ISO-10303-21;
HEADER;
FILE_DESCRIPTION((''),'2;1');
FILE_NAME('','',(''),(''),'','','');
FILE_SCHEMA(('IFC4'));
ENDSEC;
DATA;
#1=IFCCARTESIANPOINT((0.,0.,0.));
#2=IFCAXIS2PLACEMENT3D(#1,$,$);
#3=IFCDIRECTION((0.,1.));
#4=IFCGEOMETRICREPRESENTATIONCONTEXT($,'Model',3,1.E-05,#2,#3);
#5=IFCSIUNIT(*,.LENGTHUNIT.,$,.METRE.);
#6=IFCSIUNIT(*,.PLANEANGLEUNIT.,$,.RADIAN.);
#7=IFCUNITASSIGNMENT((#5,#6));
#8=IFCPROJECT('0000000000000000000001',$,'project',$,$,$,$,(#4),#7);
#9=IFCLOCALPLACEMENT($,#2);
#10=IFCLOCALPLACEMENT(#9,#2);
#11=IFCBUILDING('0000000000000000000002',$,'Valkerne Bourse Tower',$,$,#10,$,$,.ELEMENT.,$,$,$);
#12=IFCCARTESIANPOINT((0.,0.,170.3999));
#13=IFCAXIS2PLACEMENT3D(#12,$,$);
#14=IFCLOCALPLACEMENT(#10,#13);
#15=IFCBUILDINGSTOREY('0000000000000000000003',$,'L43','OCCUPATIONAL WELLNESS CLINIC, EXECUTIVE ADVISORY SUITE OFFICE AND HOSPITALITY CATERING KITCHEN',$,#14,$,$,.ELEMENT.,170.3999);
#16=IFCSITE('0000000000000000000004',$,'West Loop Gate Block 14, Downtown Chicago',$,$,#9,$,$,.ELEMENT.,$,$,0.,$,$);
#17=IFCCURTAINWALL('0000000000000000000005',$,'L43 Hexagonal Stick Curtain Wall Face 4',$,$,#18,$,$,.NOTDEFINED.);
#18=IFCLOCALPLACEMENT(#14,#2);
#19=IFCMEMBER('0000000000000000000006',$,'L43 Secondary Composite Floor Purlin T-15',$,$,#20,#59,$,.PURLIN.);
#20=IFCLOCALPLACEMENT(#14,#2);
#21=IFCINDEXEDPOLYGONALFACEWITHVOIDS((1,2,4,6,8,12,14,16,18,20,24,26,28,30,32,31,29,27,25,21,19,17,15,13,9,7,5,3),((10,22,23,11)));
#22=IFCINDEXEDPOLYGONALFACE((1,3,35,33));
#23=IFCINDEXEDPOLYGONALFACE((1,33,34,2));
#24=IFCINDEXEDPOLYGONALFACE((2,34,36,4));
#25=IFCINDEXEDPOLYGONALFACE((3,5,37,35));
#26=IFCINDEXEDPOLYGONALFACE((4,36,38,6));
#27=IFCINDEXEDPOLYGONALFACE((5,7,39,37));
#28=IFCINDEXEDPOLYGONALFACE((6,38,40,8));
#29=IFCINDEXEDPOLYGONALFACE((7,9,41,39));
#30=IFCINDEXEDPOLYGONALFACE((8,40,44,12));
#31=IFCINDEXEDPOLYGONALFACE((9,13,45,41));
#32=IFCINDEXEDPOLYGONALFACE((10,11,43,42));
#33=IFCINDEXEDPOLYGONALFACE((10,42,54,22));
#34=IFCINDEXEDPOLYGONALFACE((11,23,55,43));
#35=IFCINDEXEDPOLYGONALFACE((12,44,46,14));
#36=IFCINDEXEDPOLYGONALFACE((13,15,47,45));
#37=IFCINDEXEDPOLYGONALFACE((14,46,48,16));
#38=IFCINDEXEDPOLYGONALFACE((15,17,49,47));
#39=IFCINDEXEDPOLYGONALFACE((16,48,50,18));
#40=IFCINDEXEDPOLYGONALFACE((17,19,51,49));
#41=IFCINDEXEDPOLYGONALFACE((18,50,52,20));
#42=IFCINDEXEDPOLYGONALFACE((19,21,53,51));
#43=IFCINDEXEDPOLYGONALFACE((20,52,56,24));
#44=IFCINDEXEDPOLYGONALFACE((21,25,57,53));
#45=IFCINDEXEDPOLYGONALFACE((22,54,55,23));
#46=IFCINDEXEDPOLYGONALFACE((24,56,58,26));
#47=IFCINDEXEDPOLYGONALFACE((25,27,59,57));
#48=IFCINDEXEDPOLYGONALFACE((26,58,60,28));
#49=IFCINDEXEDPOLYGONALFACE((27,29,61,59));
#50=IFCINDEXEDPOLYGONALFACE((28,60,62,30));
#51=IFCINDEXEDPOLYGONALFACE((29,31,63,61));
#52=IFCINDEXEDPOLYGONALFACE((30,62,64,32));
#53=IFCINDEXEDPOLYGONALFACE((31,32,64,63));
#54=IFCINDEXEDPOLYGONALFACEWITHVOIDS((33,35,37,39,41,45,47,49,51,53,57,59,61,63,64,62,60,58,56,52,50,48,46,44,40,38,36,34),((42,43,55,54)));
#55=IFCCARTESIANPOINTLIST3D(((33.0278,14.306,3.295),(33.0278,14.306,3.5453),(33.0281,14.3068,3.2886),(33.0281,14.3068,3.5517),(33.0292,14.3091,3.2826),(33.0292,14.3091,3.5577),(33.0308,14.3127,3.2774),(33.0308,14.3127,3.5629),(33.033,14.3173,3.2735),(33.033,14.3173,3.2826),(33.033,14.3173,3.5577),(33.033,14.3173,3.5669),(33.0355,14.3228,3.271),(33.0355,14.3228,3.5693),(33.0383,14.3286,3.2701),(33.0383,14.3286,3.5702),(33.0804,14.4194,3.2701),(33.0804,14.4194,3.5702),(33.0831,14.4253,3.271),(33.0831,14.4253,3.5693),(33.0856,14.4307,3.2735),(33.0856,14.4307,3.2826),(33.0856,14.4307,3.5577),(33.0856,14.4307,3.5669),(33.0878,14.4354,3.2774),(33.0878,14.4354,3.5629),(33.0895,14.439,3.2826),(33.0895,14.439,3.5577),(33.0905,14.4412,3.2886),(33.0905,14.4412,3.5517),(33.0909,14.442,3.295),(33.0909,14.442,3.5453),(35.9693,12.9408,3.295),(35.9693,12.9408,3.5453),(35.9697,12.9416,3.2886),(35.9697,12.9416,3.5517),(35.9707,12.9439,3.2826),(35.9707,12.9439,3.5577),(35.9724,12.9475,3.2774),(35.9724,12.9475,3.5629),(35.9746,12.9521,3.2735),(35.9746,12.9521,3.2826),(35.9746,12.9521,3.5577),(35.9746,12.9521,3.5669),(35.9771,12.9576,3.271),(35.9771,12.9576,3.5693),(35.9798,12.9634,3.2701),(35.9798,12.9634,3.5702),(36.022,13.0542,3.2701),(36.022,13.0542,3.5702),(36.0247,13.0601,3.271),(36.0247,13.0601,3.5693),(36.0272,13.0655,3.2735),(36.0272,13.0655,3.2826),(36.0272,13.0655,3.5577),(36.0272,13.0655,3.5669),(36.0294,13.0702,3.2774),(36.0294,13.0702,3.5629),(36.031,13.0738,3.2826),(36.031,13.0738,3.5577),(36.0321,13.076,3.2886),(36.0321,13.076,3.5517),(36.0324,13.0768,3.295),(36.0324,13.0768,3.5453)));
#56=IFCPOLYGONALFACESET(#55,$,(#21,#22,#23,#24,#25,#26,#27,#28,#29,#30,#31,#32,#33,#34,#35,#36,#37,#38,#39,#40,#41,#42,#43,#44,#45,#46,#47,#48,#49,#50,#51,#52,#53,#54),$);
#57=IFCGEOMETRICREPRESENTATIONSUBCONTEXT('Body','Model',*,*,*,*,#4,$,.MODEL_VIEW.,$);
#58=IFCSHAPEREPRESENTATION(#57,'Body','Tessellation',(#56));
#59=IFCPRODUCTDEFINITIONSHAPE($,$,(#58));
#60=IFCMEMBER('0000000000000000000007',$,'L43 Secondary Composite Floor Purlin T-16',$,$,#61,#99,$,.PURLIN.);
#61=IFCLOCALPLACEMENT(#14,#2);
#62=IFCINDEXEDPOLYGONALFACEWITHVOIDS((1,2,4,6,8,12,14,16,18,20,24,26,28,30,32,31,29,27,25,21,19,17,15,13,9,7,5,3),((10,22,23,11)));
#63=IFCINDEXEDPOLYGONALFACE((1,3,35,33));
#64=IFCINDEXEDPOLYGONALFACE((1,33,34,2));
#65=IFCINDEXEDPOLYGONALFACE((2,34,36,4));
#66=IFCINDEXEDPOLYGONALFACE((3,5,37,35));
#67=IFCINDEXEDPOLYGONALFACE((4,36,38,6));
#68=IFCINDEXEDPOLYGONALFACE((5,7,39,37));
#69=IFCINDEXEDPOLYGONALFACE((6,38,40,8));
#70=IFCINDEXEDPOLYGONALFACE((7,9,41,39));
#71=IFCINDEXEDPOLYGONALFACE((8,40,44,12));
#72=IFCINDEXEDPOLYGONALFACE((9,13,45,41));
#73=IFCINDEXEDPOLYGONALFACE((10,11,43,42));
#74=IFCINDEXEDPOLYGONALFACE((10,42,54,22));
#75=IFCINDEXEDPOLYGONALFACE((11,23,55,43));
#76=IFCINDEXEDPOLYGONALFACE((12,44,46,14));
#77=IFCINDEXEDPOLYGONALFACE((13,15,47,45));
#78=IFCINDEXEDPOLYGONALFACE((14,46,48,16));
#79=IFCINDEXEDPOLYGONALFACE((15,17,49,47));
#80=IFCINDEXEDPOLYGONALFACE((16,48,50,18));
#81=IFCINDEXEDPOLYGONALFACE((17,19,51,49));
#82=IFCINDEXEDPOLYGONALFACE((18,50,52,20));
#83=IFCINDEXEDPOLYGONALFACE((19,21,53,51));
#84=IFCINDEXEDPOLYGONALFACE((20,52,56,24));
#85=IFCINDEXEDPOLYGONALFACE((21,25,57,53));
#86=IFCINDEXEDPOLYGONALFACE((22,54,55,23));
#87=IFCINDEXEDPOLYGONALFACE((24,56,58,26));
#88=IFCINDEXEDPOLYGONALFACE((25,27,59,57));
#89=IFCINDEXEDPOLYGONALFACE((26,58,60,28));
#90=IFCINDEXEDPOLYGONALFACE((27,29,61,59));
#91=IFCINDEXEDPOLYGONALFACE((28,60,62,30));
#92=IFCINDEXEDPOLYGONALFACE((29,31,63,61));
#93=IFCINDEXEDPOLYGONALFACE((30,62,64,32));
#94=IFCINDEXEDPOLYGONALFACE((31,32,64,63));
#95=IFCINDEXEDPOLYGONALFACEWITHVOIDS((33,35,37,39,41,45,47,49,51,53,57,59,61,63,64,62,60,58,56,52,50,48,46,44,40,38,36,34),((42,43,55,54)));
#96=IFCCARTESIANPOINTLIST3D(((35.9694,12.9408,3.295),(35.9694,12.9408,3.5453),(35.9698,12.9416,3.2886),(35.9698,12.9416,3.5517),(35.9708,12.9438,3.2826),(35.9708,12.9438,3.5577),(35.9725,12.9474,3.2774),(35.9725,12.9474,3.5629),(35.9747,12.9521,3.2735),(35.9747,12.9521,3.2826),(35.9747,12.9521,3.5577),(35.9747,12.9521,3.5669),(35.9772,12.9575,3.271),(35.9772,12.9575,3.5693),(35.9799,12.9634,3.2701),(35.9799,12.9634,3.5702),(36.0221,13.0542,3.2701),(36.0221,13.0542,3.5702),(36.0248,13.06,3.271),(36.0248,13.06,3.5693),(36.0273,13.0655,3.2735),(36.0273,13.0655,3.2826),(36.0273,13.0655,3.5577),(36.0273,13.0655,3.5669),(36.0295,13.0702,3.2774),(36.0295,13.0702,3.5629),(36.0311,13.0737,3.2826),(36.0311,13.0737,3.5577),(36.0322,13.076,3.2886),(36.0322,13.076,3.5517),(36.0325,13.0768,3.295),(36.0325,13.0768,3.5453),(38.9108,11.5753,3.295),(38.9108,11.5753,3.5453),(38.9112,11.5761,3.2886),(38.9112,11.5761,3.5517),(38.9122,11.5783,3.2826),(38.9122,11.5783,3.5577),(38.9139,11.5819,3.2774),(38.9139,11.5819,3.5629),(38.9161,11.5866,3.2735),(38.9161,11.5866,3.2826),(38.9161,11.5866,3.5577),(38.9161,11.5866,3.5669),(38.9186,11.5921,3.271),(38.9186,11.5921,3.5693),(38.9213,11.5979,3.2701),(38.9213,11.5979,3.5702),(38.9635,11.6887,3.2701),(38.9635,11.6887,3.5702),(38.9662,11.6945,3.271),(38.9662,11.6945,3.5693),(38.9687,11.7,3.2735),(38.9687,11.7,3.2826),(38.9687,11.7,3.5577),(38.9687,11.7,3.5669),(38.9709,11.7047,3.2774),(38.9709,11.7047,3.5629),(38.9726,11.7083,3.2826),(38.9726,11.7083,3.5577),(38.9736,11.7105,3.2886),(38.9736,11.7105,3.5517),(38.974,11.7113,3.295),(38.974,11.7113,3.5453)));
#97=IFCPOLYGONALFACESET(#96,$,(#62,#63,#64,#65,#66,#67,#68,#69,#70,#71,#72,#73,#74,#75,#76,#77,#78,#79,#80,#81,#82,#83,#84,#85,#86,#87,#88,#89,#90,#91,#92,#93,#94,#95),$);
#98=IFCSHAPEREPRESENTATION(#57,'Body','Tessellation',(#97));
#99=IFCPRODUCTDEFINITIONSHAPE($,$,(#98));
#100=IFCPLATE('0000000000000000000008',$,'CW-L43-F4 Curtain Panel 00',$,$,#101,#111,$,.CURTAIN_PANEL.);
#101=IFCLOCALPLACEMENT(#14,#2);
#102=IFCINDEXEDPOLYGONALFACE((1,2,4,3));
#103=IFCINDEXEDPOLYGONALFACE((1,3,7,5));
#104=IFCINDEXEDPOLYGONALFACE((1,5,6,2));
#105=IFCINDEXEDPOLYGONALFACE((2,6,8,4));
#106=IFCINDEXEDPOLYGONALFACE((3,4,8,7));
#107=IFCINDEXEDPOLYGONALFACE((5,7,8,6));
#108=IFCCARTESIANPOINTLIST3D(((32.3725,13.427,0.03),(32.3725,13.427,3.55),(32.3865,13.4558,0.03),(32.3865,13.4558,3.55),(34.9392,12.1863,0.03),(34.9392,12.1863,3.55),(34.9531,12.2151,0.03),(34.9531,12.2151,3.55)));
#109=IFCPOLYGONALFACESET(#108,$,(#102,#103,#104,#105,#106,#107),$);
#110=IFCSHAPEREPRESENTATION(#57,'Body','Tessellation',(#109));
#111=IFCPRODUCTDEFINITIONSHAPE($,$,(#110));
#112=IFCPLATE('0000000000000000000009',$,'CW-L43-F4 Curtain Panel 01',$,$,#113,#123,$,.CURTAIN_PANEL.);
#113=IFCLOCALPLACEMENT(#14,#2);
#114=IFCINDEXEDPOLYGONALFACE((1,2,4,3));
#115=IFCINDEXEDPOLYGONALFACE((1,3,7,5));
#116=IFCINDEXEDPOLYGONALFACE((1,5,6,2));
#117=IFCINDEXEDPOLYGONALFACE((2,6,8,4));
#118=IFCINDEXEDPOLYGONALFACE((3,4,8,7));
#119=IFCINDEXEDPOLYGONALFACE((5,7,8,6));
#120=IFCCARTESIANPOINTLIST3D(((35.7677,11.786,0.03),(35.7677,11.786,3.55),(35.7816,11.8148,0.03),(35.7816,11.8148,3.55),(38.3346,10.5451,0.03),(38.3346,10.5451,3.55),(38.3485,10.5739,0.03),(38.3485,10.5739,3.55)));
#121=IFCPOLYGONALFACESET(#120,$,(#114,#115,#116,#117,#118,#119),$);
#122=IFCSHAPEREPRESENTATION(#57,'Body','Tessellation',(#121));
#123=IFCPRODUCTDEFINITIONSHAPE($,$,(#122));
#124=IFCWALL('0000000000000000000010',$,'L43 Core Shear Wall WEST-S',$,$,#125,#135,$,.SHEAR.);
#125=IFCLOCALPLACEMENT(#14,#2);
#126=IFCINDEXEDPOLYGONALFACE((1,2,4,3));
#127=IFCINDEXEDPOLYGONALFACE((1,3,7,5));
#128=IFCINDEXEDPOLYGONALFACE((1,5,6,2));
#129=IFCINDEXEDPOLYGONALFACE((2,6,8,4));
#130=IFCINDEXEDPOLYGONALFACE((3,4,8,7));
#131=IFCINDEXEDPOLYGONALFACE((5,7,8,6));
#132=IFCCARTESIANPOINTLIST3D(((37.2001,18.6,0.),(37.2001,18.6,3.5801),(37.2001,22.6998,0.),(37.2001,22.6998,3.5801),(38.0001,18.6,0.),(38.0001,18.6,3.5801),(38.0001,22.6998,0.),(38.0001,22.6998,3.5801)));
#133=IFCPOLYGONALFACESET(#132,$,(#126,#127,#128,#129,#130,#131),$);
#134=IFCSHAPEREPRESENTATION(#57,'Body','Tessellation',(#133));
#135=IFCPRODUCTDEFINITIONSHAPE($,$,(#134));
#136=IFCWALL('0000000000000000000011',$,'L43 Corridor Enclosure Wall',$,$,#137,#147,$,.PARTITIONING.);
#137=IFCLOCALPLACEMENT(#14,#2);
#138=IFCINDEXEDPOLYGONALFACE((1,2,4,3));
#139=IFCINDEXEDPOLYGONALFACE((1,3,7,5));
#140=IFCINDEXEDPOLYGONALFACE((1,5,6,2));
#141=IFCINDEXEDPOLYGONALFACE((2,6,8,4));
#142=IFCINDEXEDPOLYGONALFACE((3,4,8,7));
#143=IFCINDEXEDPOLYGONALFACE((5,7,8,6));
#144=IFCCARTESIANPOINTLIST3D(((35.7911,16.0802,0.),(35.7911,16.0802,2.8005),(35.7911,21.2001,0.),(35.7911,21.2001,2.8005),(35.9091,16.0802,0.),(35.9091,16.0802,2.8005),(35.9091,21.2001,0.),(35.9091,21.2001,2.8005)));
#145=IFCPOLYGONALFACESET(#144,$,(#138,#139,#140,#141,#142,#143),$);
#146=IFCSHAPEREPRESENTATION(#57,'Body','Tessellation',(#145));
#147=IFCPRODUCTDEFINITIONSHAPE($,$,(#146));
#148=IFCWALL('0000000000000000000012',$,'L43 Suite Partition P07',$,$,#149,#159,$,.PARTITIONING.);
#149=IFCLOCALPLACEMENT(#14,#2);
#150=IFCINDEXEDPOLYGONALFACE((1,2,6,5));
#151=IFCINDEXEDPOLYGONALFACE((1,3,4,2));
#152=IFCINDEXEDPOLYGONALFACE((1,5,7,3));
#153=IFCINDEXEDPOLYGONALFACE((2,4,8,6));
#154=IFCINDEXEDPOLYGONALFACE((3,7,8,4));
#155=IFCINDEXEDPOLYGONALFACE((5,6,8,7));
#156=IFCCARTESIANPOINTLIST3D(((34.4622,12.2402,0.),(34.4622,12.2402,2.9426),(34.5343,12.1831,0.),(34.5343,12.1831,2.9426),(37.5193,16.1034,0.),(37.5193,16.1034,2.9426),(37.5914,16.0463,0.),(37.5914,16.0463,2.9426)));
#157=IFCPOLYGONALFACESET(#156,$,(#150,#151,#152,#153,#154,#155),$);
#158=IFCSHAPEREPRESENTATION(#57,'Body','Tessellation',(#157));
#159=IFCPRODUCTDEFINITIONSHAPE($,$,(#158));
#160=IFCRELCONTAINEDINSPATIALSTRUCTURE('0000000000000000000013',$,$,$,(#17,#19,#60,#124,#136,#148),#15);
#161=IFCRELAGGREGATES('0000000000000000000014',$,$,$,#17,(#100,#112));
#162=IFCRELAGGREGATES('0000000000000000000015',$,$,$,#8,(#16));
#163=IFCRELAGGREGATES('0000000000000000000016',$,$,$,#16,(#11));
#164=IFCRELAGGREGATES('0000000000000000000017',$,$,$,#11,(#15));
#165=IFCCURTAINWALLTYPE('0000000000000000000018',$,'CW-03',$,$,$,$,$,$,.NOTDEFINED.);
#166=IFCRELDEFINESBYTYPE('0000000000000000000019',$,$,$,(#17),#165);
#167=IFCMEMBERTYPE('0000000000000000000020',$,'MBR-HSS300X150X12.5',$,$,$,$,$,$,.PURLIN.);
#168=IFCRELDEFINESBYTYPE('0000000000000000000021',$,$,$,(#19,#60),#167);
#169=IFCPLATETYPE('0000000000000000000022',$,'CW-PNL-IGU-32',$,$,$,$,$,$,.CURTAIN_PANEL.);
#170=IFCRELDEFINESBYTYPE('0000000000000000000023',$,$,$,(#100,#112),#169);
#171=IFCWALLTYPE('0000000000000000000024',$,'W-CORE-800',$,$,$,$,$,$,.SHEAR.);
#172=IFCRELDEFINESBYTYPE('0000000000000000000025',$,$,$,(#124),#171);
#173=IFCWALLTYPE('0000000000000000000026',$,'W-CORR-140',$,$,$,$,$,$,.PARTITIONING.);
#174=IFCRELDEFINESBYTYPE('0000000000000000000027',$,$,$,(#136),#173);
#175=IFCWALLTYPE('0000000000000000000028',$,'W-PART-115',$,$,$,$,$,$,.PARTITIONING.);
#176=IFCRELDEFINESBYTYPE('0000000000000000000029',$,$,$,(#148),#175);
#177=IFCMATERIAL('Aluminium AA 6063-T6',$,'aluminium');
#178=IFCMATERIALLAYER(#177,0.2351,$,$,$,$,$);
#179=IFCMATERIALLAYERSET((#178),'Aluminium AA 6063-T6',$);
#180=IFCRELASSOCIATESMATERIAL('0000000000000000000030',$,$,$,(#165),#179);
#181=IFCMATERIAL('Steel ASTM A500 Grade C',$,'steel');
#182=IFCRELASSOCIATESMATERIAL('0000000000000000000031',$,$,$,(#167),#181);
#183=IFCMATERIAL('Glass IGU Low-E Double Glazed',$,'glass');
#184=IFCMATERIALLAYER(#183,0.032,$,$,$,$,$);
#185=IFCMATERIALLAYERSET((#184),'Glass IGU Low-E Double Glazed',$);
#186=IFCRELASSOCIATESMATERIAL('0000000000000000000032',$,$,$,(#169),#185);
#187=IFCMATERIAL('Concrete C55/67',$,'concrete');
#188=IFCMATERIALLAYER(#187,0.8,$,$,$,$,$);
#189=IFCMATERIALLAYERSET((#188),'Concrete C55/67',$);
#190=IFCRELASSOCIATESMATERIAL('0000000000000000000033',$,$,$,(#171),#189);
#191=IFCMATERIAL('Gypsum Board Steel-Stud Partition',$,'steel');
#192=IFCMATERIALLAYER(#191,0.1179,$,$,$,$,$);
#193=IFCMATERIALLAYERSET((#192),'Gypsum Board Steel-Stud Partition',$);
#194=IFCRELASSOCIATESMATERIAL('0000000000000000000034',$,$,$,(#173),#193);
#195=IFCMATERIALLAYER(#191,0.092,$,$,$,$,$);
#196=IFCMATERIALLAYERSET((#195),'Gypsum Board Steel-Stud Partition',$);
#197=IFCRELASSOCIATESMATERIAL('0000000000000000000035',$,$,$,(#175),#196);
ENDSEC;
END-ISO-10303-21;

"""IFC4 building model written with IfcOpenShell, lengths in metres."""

from ifc_helpers import new_model, si_unit, direction, frame, frame_2d, origin, origin_2d, place, context, subcontext, project, spatial, rectangle, hollow_rectangle, extrude, material, layer, layer_set, material_profile, profile_set, type_object, element, aggregate, save


model = new_model("IFC4")

# Units and contexts
model_context = context("Model", 3, precision=1e-05, world=origin(), true_north=direction((0.0, 1.0)))
body_context = subcontext(model_context, "Body", "Model", "MODEL_VIEW")
ifc_project = project(units=[si_unit("LENGTHUNIT", "METRE"), si_unit("PLANEANGLEUNIT", "RADIAN")], contexts=[model_context])

# Site, building, storey
site_placement = place(None, origin())
site = spatial("IfcSite", under=ifc_project, at=site_placement, Name="West Loop Gate Block 14, Downtown Chicago", CompositionType="ELEMENT", RefElevation=0.0)
building_placement = place(site_placement, origin())
building = spatial("IfcBuilding", under=site, at=building_placement, Name="Valkerne Bourse Tower", CompositionType="ELEMENT")
storey_placement = place(building_placement, frame((0.0, 0.0, 170.3999)))
storey = spatial("IfcBuildingStorey", under=building, at=storey_placement, Name="L43", Description="OCCUPATIONAL WELLNESS CLINIC, EXECUTIVE ADVISORY SUITE OFFICE AND HOSPITALITY CATERING KITCHEN", CompositionType="ELEMENT", Elevation=170.3999)

# Curtain wall
ifc_material_1 = material(Name="Aluminium AA 6063-T6", Category="aluminium")
ifc_layer_1 = layer(ifc_material_1, 0.2351)
ifc_layer_set_1 = layer_set([ifc_layer_1], Name="Aluminium AA 6063-T6")
curtain_wall_type = type_object("IfcCurtainWallType", Name="CW-03", PredefinedType="NOTDEFINED", material=ifc_layer_set_1)
curtain_wall_placement = place(storey_placement, origin())
curtain_wall = element("IfcCurtainWall", 1, at=curtain_wall_placement, inside=storey, type_object=curtain_wall_type, Name="L43 Hexagonal Stick Curtain Wall Face 4", PredefinedType="NOTDEFINED")

# Members
ifc_material_2 = material(Name="Steel ASTM A500 Grade C", Category="steel")
ifc_material_profile_1 = material_profile(ifc_material_2, hollow_rectangle(XDim=0.1499, YDim=0.3, WallThickness=0.0125, OuterFilletRadius=0.0249, at=origin_2d()), Name="HSS300X150X12.5")
ifc_profile_set_1 = profile_set([ifc_material_profile_1], Name="Steel ASTM A500 Grade C")
member_type_1 = type_object("IfcMemberType", Name="MBR-HSS300X150X12.5", PredefinedType="PURLIN", material=ifc_profile_set_1)
for number, where, z_axis, x_axis, name in (
    (2, (33.0593, 14.374, 3.4202), (0.907072, -0.420976, 0.0), (0.420976, 0.907072, 0.0), "L43 Secondary Composite Floor Purlin T-15"),
    (3, (36.001, 13.0088, 3.4202), (0.90703, -0.421067, 0.0), (0.421067, 0.90703, 0.0), "L43 Secondary Composite Floor Purlin T-16"),
):
    element("IfcMember", number, at=place(storey_placement, frame(where, z_axis=z_axis, x_axis=x_axis)), inside=storey, type_object=member_type_1, Name=name, PredefinedType="PURLIN", context=body_context, shape_type="SweptSolid", body=[
        extrude(hollow_rectangle(XDim=0.1499, YDim=0.3, WallThickness=0.0125, OuterFilletRadius=0.0249, at=origin_2d()), origin(), (0.0, 0.0, 1.0), 3.2429),
    ])

# Plates
ifc_material_3 = material(Name="Glass IGU Low-E Double Glazed", Category="glass")
ifc_layer_2 = layer(ifc_material_3, 0.032)
ifc_layer_set_2 = layer_set([ifc_layer_2], Name="Glass IGU Low-E Double Glazed")
plate_type = type_object("IfcPlateType", Name="CW-PNL-IGU-32", PredefinedType="CURTAIN_PANEL", material=ifc_layer_set_2)
plate_1_placement = place(storey_placement, frame((33.6628, 12.821, 0.03), z_axis=(0.0, 0.0, 1.0), x_axis=(0.900325, -0.435219, 0.0)))
plate_1 = element("IfcPlate", 4, at=plate_1_placement, type_object=plate_type, Name="CW-L43-F4 Curtain Panel 00", PredefinedType="CURTAIN_PANEL", context=body_context, shape_type="SweptSolid", body=[
    extrude(rectangle(XDim=2.8508, YDim=0.032, at=origin_2d()), origin(), (0.0, 0.0, 1.0), 3.52),
])
plate_2_placement = place(storey_placement, frame((37.0581, 11.1799, 0.03), z_axis=(0.0, 0.0, 1.0), x_axis=(0.900314, -0.435241, 0.0)))
plate_2 = element("IfcPlate", 5, at=plate_2_placement, type_object=plate_type, Name="CW-L43-F4 Curtain Panel 01", PredefinedType="CURTAIN_PANEL", context=body_context, shape_type="SweptSolid", body=[
    extrude(rectangle(XDim=2.8511, YDim=0.032, at=origin_2d()), origin(), (0.0, 0.0, 1.0), 3.52),
])
aggregate(curtain_wall, [plate_1, plate_2])

# Shared definitions
ifc_material_4 = material(Name="Concrete C55/67", Category="concrete")
ifc_layer_3 = layer(ifc_material_4, 0.8)
ifc_layer_set_3 = layer_set([ifc_layer_3], Name="Concrete C55/67")
wall_type_1 = type_object("IfcWallType", Name="W-CORE-800", PredefinedType="SHEAR", material=ifc_layer_set_3)

# Walls
wall_1_placement = place(storey_placement, frame((37.6001, 18.6001, 0.0), z_axis=(0.0, 0.0, 1.0), x_axis=(0.0, 1.0, 0.0)))
element("IfcWall", 6, at=wall_1_placement, inside=storey, type_object=wall_type_1, Name="L43 Core Shear Wall WEST-S", PredefinedType="SHEAR", context=body_context, shape_type="SweptSolid", body=[
    extrude(rectangle(XDim=4.0999, YDim=0.8, at=frame_2d((2.0498, 0.0))), origin(), (0.0, 0.0, 1.0), 3.5801),
])
ifc_material_5 = material(Name="Gypsum Board Steel-Stud Partition", Category="steel")
ifc_layer_4 = layer(ifc_material_5, 0.1179)
ifc_layer_set_4 = layer_set([ifc_layer_4], Name="Gypsum Board Steel-Stud Partition")
wall_type_2 = type_object("IfcWallType", Name="W-CORR-140", PredefinedType="PARTITIONING", material=ifc_layer_set_4)
wall_2_placement = place(storey_placement, frame((35.8501, 16.0801, 0.0), z_axis=(0.0, 0.0, 1.0), x_axis=(0.0, 1.0, 0.0)))
element("IfcWall", 7, at=wall_2_placement, inside=storey, type_object=wall_type_2, Name="L43 Corridor Enclosure Wall", PredefinedType="PARTITIONING", context=body_context, shape_type="SweptSolid", body=[
    extrude(rectangle(XDim=5.1199, YDim=0.1179, at=frame_2d((2.5601, 0.0))), origin(), (0.0, 0.0, 1.0), 2.8005),
])
ifc_layer_5 = layer(ifc_material_5, 0.092)
ifc_layer_set_5 = layer_set([ifc_layer_5], Name="Gypsum Board Steel-Stud Partition")
wall_type_3 = type_object("IfcWallType", Name="W-PART-115", PredefinedType="PARTITIONING", material=ifc_layer_set_5)
wall_3_placement = place(storey_placement, frame((37.5554, 16.075, 0.0), z_axis=(0.0, 0.0, 1.0), x_axis=(-0.62054, -0.784174, 0.0)))
element("IfcWall", 8, at=wall_3_placement, inside=storey, type_object=wall_type_3, Name="L43 Suite Partition P07", PredefinedType="PARTITIONING", context=body_context, shape_type="SweptSolid", body=[
    extrude(rectangle(XDim=4.9265, YDim=0.092, at=frame_2d((2.4634, 0.0))), origin(), (0.0, 0.0, 1.0), 2.9426),
])

save(model, "model.ifc")
